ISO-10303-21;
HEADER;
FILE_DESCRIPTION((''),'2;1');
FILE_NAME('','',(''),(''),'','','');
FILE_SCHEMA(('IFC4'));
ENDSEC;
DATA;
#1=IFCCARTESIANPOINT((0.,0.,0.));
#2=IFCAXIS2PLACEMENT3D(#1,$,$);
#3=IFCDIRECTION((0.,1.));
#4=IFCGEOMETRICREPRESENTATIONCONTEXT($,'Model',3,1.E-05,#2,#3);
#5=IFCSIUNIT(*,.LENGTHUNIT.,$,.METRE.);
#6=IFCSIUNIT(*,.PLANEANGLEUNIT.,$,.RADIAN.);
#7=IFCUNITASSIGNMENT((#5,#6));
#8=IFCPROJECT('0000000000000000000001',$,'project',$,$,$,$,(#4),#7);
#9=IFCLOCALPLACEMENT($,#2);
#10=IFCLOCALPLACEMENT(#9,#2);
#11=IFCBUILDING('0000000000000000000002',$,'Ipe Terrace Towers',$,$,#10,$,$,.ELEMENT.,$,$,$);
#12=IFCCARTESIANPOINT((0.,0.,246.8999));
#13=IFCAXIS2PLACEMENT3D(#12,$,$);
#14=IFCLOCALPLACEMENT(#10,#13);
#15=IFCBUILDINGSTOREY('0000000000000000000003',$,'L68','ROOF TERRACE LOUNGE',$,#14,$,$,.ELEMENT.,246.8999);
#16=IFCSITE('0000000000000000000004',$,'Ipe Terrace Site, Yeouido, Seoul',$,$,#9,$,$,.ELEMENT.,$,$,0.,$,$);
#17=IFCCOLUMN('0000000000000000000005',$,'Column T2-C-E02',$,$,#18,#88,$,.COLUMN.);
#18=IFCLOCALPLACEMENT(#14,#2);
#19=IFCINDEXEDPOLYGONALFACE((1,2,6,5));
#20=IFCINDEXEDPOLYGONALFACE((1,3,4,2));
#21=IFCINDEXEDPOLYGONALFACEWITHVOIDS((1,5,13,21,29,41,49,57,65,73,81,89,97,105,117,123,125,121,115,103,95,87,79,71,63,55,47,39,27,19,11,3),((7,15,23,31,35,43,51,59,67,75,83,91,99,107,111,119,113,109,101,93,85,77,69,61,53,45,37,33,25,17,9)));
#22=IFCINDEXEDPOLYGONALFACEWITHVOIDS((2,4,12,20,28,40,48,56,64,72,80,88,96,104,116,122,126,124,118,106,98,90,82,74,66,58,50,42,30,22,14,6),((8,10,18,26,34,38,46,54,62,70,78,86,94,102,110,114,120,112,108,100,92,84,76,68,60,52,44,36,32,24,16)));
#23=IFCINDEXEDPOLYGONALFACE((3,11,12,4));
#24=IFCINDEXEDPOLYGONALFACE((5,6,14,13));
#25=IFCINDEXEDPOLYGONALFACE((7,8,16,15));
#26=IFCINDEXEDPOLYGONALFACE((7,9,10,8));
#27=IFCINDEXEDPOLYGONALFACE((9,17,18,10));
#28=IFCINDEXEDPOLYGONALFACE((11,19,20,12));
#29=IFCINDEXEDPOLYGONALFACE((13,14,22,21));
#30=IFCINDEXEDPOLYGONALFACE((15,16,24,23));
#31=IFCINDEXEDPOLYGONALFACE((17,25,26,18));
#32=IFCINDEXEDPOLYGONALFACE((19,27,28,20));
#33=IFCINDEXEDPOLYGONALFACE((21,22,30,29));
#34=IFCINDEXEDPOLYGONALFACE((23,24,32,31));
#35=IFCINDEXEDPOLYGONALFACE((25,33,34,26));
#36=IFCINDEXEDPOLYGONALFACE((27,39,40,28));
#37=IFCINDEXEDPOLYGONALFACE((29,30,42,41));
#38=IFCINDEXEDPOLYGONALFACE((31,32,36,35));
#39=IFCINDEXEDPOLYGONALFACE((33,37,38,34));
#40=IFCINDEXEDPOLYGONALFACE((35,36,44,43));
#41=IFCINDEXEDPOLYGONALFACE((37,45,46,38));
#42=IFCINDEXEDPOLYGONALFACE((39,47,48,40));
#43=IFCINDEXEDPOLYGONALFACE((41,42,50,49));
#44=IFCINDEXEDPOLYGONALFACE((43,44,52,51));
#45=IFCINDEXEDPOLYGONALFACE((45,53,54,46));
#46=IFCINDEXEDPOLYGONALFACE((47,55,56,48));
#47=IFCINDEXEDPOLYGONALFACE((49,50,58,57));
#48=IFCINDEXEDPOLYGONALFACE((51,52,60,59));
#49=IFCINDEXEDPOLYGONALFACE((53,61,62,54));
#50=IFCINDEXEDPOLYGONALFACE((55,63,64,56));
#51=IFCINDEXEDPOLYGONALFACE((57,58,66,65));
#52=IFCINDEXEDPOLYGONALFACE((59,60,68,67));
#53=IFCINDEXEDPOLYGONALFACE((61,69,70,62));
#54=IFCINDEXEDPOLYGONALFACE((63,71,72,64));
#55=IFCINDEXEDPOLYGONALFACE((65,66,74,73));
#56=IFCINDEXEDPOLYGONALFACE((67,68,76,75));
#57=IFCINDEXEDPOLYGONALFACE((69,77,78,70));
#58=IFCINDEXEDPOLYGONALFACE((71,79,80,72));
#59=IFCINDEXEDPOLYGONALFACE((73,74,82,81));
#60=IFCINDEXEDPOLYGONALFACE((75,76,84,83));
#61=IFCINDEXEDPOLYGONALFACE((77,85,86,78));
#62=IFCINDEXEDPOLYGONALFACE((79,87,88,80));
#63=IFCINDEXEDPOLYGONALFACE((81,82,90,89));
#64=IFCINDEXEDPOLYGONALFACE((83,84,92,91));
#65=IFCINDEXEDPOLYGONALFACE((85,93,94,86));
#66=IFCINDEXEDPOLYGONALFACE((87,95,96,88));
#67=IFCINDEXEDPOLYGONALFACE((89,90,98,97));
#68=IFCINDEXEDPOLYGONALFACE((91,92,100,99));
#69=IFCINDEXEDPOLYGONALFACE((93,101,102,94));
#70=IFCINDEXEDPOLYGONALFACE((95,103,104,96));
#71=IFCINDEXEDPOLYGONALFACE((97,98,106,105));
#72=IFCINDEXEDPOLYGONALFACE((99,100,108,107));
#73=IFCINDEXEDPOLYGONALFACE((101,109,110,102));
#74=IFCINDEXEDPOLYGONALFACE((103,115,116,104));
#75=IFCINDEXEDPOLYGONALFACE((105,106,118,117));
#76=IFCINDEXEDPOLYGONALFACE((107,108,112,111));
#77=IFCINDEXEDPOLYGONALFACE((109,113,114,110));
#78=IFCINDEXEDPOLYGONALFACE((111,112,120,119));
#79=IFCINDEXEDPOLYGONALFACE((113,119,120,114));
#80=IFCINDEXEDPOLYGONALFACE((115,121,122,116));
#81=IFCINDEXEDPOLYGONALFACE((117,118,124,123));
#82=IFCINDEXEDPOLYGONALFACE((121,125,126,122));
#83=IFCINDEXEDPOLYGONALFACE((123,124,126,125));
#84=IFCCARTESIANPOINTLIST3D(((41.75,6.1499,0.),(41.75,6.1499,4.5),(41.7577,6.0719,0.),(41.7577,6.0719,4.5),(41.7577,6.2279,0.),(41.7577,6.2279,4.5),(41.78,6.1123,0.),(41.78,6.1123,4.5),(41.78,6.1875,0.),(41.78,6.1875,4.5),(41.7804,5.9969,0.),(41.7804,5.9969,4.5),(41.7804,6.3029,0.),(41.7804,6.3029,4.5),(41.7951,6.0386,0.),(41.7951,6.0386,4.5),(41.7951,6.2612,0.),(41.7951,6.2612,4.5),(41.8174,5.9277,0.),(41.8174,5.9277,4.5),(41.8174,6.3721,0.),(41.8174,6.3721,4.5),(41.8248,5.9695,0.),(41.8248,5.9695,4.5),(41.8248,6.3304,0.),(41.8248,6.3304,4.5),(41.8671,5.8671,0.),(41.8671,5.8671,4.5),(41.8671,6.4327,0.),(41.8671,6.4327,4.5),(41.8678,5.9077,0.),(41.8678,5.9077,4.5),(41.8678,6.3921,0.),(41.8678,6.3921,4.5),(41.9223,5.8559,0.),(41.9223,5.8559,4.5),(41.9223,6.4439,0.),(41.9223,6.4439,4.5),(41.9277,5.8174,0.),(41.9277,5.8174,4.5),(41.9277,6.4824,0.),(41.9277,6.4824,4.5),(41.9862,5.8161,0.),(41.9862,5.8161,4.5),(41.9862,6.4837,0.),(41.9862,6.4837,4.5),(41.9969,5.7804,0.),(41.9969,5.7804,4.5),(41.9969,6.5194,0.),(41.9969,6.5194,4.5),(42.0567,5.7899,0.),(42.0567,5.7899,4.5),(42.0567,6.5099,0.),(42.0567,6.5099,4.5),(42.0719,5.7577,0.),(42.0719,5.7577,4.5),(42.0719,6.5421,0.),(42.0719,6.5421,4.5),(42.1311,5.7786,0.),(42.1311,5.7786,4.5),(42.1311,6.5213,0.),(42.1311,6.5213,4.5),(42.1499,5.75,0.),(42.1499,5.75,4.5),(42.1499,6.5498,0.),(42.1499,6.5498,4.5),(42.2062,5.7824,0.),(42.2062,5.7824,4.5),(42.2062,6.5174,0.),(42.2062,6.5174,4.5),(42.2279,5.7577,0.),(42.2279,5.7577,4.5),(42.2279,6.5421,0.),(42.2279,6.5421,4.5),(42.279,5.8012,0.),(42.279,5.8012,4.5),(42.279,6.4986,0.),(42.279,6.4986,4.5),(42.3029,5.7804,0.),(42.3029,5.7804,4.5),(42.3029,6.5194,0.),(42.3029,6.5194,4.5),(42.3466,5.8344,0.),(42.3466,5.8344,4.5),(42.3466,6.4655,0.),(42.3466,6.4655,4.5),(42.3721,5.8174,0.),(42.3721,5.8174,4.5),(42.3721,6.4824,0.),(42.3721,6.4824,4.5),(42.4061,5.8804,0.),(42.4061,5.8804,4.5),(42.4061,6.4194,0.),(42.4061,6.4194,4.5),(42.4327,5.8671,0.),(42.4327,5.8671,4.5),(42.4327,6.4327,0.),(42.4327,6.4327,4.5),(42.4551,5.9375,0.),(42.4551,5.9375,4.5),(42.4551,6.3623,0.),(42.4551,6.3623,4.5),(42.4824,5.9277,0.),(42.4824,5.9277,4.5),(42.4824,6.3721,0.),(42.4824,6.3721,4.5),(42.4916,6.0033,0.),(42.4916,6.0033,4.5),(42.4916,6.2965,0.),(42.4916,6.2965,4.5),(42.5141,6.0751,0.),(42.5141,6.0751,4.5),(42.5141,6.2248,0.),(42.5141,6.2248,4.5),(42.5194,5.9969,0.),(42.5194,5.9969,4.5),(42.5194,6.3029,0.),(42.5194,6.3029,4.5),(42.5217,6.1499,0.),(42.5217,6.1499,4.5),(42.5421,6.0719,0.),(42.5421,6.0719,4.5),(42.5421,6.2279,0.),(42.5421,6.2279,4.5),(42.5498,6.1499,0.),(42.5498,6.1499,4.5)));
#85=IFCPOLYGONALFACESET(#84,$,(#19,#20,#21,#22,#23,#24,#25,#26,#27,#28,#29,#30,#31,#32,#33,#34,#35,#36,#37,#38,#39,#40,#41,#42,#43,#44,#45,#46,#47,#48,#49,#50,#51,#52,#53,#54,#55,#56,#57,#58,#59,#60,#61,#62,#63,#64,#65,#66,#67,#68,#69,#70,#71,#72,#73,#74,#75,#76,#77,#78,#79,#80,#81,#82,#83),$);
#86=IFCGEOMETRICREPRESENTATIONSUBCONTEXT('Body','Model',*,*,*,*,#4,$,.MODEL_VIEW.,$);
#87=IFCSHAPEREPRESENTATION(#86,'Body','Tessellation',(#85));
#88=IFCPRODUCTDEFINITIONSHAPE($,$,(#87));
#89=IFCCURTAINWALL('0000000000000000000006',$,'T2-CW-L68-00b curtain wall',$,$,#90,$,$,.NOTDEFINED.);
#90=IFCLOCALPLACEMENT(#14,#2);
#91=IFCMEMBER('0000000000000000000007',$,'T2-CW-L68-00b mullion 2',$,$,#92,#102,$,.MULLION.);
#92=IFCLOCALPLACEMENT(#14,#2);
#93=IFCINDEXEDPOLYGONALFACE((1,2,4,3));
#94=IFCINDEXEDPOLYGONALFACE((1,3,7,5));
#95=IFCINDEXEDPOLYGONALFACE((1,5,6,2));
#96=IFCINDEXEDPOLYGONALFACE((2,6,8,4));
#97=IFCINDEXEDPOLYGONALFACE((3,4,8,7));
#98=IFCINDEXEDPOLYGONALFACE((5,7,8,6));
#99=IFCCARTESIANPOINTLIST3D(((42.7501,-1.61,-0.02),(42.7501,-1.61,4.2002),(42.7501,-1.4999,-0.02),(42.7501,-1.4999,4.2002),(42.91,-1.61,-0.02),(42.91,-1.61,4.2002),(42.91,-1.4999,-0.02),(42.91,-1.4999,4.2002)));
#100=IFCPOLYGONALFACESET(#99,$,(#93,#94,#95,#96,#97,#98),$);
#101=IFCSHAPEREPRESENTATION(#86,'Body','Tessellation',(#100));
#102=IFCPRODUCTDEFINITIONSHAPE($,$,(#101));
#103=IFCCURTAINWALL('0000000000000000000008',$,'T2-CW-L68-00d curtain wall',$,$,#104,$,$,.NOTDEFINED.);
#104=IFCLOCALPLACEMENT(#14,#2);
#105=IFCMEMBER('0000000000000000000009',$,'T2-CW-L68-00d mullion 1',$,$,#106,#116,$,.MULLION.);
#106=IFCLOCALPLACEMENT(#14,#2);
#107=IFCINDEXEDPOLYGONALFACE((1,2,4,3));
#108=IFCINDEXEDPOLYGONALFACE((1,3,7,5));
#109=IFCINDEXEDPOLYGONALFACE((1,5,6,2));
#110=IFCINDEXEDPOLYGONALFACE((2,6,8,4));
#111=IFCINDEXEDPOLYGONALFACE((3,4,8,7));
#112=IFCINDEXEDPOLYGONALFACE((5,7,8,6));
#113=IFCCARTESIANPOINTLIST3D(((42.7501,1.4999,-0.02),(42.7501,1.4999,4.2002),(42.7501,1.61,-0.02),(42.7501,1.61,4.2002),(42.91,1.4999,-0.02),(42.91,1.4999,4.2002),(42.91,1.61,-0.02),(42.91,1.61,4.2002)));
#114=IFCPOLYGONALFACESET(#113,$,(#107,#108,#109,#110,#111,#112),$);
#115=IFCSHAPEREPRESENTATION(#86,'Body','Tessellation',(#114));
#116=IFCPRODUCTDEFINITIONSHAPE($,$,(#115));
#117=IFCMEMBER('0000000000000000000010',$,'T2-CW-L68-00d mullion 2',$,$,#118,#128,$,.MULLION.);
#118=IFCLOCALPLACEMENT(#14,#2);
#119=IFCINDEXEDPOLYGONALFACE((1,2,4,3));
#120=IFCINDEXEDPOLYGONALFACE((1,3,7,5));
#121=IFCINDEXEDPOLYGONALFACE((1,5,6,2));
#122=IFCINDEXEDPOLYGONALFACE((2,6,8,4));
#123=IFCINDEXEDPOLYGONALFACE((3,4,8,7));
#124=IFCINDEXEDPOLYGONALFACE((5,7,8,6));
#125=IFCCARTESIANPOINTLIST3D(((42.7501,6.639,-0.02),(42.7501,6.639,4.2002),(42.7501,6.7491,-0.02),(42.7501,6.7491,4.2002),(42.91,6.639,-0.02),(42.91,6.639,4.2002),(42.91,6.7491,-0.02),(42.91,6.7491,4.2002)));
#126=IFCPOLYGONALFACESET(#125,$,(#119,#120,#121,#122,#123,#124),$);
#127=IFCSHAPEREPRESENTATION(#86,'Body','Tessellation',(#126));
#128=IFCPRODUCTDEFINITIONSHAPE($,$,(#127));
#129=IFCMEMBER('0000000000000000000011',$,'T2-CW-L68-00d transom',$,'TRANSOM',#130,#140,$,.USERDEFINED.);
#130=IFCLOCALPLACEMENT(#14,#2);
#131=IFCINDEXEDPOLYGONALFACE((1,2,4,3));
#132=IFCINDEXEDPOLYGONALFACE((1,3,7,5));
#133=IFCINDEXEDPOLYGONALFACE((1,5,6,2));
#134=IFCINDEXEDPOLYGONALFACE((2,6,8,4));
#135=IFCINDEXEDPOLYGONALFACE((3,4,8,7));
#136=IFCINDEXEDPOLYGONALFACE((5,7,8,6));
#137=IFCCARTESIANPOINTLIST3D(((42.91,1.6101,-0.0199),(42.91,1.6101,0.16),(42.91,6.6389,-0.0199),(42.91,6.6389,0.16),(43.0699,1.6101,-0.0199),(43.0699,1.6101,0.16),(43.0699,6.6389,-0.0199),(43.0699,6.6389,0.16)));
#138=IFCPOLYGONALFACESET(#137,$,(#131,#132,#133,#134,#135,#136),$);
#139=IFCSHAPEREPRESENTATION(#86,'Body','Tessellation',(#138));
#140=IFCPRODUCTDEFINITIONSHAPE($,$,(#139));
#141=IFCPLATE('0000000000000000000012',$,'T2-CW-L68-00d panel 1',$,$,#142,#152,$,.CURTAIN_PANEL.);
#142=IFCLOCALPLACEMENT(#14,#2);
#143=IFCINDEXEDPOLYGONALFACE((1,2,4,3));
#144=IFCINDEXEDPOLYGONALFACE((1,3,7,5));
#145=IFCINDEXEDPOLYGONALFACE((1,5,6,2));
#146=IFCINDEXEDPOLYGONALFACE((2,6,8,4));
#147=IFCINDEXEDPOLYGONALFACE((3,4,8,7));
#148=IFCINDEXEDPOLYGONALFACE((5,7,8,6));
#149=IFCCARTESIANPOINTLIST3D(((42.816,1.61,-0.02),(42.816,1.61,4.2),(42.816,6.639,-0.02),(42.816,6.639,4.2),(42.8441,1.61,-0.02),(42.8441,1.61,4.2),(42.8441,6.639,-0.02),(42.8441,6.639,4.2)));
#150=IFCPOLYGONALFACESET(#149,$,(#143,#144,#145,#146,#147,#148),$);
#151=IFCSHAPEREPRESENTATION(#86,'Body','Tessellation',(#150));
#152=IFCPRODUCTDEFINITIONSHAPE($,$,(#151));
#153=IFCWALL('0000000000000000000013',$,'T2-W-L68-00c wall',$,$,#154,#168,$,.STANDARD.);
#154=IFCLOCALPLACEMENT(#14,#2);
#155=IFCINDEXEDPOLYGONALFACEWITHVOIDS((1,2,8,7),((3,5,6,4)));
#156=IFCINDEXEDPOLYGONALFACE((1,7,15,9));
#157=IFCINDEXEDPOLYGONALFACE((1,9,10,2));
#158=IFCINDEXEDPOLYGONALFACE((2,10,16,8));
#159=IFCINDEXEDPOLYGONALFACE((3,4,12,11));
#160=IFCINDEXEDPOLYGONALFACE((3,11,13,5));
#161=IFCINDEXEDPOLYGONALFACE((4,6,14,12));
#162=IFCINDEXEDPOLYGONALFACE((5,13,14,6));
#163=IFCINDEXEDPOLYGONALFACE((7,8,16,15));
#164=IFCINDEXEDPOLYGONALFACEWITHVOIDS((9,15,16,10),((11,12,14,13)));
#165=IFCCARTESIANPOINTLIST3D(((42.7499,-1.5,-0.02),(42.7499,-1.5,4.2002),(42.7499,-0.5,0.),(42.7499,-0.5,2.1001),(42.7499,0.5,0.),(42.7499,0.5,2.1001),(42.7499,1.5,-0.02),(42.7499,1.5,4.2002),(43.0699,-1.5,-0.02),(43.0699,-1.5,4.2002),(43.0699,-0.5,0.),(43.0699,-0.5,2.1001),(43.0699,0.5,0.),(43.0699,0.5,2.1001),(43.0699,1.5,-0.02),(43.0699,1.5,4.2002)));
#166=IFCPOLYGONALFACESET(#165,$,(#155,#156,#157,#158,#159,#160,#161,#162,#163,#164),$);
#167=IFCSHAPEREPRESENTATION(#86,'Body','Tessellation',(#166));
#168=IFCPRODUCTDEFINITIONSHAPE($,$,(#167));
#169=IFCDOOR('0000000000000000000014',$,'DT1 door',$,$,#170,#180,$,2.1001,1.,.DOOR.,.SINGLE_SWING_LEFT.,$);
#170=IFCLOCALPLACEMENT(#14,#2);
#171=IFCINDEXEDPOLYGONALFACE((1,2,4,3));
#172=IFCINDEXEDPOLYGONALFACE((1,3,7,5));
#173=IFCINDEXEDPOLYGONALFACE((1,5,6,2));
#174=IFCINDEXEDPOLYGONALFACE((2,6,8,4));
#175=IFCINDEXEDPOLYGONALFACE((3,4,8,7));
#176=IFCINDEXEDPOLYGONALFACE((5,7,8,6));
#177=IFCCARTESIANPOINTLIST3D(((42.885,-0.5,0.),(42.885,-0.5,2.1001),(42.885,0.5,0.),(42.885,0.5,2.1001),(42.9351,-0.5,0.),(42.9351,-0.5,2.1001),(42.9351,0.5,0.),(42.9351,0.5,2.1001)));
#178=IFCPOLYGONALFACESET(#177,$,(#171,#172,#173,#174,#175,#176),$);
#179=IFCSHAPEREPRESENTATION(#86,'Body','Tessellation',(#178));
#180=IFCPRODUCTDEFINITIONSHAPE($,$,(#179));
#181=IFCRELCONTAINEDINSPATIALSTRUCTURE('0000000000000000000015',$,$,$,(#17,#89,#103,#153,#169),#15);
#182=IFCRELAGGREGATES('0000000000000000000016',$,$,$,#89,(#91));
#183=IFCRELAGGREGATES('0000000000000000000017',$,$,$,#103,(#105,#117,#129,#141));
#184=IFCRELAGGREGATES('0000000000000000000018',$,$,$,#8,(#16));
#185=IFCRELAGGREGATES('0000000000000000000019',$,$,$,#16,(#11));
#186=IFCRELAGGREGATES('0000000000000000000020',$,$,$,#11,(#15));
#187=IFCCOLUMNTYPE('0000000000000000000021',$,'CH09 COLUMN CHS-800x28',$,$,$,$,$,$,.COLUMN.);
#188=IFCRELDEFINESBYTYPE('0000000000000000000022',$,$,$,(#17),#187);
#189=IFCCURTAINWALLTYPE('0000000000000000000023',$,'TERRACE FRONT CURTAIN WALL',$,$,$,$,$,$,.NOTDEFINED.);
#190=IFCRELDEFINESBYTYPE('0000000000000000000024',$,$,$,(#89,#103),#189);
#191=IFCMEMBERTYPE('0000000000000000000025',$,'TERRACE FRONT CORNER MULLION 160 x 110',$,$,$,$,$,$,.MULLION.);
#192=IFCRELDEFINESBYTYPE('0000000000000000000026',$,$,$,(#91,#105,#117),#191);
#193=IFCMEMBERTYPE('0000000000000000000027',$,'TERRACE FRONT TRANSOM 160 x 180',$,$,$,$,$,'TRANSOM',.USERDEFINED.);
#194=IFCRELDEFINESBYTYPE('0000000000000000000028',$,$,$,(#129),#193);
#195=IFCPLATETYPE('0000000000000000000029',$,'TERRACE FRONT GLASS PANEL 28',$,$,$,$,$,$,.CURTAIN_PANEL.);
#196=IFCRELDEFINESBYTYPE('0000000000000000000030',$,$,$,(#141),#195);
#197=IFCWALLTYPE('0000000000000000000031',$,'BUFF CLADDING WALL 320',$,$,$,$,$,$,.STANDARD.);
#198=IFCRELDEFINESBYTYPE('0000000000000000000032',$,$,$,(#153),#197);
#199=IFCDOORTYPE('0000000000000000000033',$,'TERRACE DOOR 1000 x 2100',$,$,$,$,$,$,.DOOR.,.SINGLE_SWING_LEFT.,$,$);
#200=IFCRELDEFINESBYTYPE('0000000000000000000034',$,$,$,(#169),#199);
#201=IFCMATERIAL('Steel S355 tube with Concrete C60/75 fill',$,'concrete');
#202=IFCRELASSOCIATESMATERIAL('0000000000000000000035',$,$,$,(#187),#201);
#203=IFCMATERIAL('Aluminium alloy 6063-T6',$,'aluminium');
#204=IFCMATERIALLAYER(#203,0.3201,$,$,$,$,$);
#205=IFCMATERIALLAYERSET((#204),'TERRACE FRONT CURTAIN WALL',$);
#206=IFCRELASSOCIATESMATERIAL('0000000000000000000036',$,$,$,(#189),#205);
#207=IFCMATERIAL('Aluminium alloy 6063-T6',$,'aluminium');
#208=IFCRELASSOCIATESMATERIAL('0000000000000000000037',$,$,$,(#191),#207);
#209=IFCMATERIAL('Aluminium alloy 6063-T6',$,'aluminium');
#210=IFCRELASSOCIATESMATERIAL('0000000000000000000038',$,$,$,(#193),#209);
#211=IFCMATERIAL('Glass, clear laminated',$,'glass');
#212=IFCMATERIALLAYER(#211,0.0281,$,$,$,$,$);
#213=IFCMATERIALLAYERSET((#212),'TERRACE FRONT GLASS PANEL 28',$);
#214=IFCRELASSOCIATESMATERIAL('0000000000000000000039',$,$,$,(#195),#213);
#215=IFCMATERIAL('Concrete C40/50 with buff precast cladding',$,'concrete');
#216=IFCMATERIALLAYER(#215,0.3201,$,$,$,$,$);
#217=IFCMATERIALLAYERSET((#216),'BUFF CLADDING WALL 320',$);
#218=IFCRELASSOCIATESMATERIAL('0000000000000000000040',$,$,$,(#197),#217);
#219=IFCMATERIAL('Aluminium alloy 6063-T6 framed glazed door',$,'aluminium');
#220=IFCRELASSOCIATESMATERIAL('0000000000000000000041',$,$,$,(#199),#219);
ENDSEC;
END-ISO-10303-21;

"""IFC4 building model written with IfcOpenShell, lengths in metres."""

from ifc_helpers import new_model, si_unit, direction, frame, frame_2d, origin, origin_2d, place, context, subcontext, project, spatial, rectangle, hollow_circle, extrude, material, layer, layer_set, material_profile, profile_set, type_object, element, fill, aggregate, save


model = new_model("IFC4")

# Units and contexts
model_context = context("Model", 3, precision=1e-05, world=origin(), true_north=direction((0.0, 1.0)))
body_context = subcontext(model_context, "Body", "Model", "MODEL_VIEW")
ifc_project = project(units=[si_unit("LENGTHUNIT", "METRE"), si_unit("PLANEANGLEUNIT", "RADIAN")], contexts=[model_context])

# Site, building, storey
site_placement = place(None, origin())
site = spatial("IfcSite", under=ifc_project, at=site_placement, Name="Ipe Terrace Site, Yeouido, Seoul", CompositionType="ELEMENT", RefElevation=0.0)
building_placement = place(site_placement, origin())
building = spatial("IfcBuilding", under=site, at=building_placement, Name="Ipe Terrace Towers", CompositionType="ELEMENT")
storey_placement = place(building_placement, frame((0.0, 0.0, 246.8999)))
storey = spatial("IfcBuildingStorey", under=building, at=storey_placement, Name="L68", Description="ROOF TERRACE LOUNGE", CompositionType="ELEMENT", Elevation=246.8999)

# Column
ifc_material_1 = material(Name="Steel S355 tube with Concrete C60/75 fill", Category="concrete")
ifc_material_profile_1 = material_profile(ifc_material_1, hollow_circle(Radius=0.3999, WallThickness=0.0281, at=origin_2d()), Name="CHS-800x28")
ifc_profile_set_1 = profile_set([ifc_material_profile_1], Name="Steel S355 tube with Concrete C60/75 fill")
column_type = type_object("IfcColumnType", Name="CH09 COLUMN CHS-800x28", PredefinedType="COLUMN", material=ifc_profile_set_1)
column_placement = place(storey_placement, frame((42.1499, 6.1499, 0.0), z_axis=(0.0, 0.0, 1.0), x_axis=(1.0, 0.0, 0.0)))
element("IfcColumn", 1, at=column_placement, inside=storey, type_object=column_type, Name="Column T2-C-E02", PredefinedType="COLUMN", context=body_context, shape_type="SweptSolid", body=[
    extrude(hollow_circle(Radius=0.3999, WallThickness=0.0281, at=origin_2d()), origin(), (0.0, 0.0, 1.0), 4.5),
])

# Curtain wall, member
ifc_material_2 = material(Name="Aluminium alloy 6063-T6", Category="aluminium")
ifc_layer_1 = layer(ifc_material_2, 0.3201)
ifc_layer_set_1 = layer_set([ifc_layer_1], Name="TERRACE FRONT CURTAIN WALL")
curtain_wall_type = type_object("IfcCurtainWallType", Name="TERRACE FRONT CURTAIN WALL", PredefinedType="NOTDEFINED", material=ifc_layer_set_1)
curtain_wall_1_placement = place(storey_placement, origin())
curtain_wall_1 = element("IfcCurtainWall", 2, at=curtain_wall_1_placement, inside=storey, type_object=curtain_wall_type, Name="T2-CW-L68-00b curtain wall", PredefinedType="NOTDEFINED")
ifc_material_3 = material(Name="Aluminium alloy 6063-T6", Category="aluminium")
ifc_material_profile_2 = material_profile(ifc_material_3, rectangle(XDim=0.1599, YDim=0.1101, at=origin_2d()), Name="TERRACE FRONT CORNER MULLION 160 x 110")
ifc_profile_set_2 = profile_set([ifc_material_profile_2], Name="Aluminium alloy 6063-T6")
member_type_1 = type_object("IfcMemberType", Name="TERRACE FRONT CORNER MULLION 160 x 110", PredefinedType="MULLION", material=ifc_profile_set_2)
member_1_placement = place(storey_placement, frame((42.8301, -1.5549, -0.02), z_axis=(0.0, 0.0, 1.0), x_axis=(1.0, 0.0, 0.0)))
member_1 = element("IfcMember", 3, at=member_1_placement, type_object=member_type_1, Name="T2-CW-L68-00b mullion 2", PredefinedType="MULLION", context=body_context, shape_type="SweptSolid", body=[
    extrude(rectangle(XDim=0.1599, YDim=0.1101, at=origin_2d()), origin(), (0.0, 0.0, 1.0), 4.2202),
])
aggregate(curtain_wall_1, [member_1])

# Curtain wall, members, plate
curtain_wall_2_placement = place(storey_placement, origin())
curtain_wall_2 = element("IfcCurtainWall", 4, at=curtain_wall_2_placement, inside=storey, type_object=curtain_wall_type, Name="T2-CW-L68-00d curtain wall", PredefinedType="NOTDEFINED")
member_2_placement = place(storey_placement, frame((42.8301, 1.5549, -0.02), z_axis=(0.0, 0.0, 1.0), x_axis=(1.0, 0.0, 0.0)))
member_2 = element("IfcMember", 5, at=member_2_placement, type_object=member_type_1, Name="T2-CW-L68-00d mullion 1", PredefinedType="MULLION", context=body_context, shape_type="SweptSolid", body=[
    extrude(rectangle(XDim=0.1599, YDim=0.1101, at=origin_2d()), origin(), (0.0, 0.0, 1.0), 4.2202),
])
member_3_placement = place(storey_placement, frame((42.8301, 6.6941, -0.02), z_axis=(0.0, 0.0, 1.0), x_axis=(1.0, 0.0, 0.0)))
member_3 = element("IfcMember", 6, at=member_3_placement, type_object=member_type_1, Name="T2-CW-L68-00d mullion 2", PredefinedType="MULLION", context=body_context, shape_type="SweptSolid", body=[
    extrude(rectangle(XDim=0.1599, YDim=0.1101, at=origin_2d()), origin(), (0.0, 0.0, 1.0), 4.2202),
])
ifc_material_4 = material(Name="Aluminium alloy 6063-T6", Category="aluminium")
ifc_material_profile_3 = material_profile(ifc_material_4, rectangle(XDim=0.1599, YDim=0.1799, at=origin_2d()), Name="TERRACE FRONT TRANSOM 160 x 180")
ifc_profile_set_3 = profile_set([ifc_material_profile_3], Name="Aluminium alloy 6063-T6")
member_type_2 = type_object("IfcMemberType", Name="TERRACE FRONT TRANSOM 160 x 180", ElementType="TRANSOM", PredefinedType="USERDEFINED", material=ifc_profile_set_3)
member_4_placement = place(storey_placement, frame((42.99, 1.6101, 0.0701), z_axis=(0.0, 1.0, 0.0), x_axis=(1.0, 0.0, 0.0)))
member_4 = element("IfcMember", 7, at=member_4_placement, type_object=member_type_2, Name="T2-CW-L68-00d transom", ObjectType="TRANSOM", PredefinedType="USERDEFINED", context=body_context, shape_type="SweptSolid", body=[
    extrude(rectangle(XDim=0.1599, YDim=0.1799, at=origin_2d()), origin(), (0.0, 0.0, 1.0), 5.0288),
])
ifc_material_5 = material(Name="Glass, clear laminated", Category="glass")
ifc_layer_2 = layer(ifc_material_5, 0.0281)
ifc_layer_set_2 = layer_set([ifc_layer_2], Name="TERRACE FRONT GLASS PANEL 28")
plate_type = type_object("IfcPlateType", Name="TERRACE FRONT GLASS PANEL 28", PredefinedType="CURTAIN_PANEL", material=ifc_layer_set_2)
plate_placement = place(storey_placement, frame((42.8301, 4.1245, -0.02), z_axis=(0.0, 0.0, 1.0), x_axis=(0.0, 1.0, 0.0)))
plate = element("IfcPlate", 8, at=plate_placement, type_object=plate_type, Name="T2-CW-L68-00d panel 1", PredefinedType="CURTAIN_PANEL", context=body_context, shape_type="SweptSolid", body=[
    extrude(rectangle(XDim=5.0291, YDim=0.0281, at=origin_2d()), origin(), (0.0, 0.0, 1.0), 4.22),
])
aggregate(curtain_wall_2, [member_2, member_3, member_4, plate])

# Wall, opening, door
ifc_material_6 = material(Name="Concrete C40/50 with buff precast cladding", Category="concrete")
ifc_layer_3 = layer(ifc_material_6, 0.3201)
ifc_layer_set_3 = layer_set([ifc_layer_3], Name="BUFF CLADDING WALL 320")
wall_type_1 = type_object("IfcWallType", Name="BUFF CLADDING WALL 320", PredefinedType="STANDARD", material=ifc_layer_set_3)
wall_1_placement = place(storey_placement, frame((42.9099, -1.5, -0.02), z_axis=(0.0, 0.0, 1.0), x_axis=(0.0, 1.0, 0.0)))
wall_1 = element("IfcWall", 9, at=wall_1_placement, inside=storey, type_object=wall_type_1, Name="T2-W-L68-00c wall", PredefinedType="STANDARD", context=body_context, shape_type="SweptSolid", body=[
    extrude(rectangle(XDim=3.0, YDim=0.3201, at=frame_2d((1.5, 0.0))), origin(), (0.0, 0.0, 1.0), 4.2202),
])
opening_1_placement = place(wall_1_placement, frame((1.0, 0.0, 0.02)))
opening_1 = element("IfcOpeningElement", 10, at=opening_1_placement, cuts=wall_1, PredefinedType="OPENING", context=body_context, shape_type="SweptSolid", body=[
    extrude(rectangle(XDim=1.0, YDim=2.1001, at=frame_2d((0.5, 1.05))), frame((0.0, 0.1699, 0.0), z_axis=(0.0, -1.0, 0.0), x_axis=(1.0, 0.0, 0.0)), (0.0, 0.0, 1.0), 0.3401),
])
ifc_material_7 = material(Name="Aluminium alloy 6063-T6 framed glazed door", Category="aluminium")
door_type_1 = type_object("IfcDoorType", Name="TERRACE DOOR 1000 x 2100", OperationType="SINGLE_SWING_LEFT", PredefinedType="DOOR", material=ifc_material_7)
door_1_placement = place(opening_1_placement, origin())
door_1 = element("IfcDoor", 11, at=door_1_placement, inside=storey, type_object=door_type_1, Name="DT1 door", OperationType="SINGLE_SWING_LEFT", OverallHeight=2.1001, OverallWidth=1.0, PredefinedType="DOOR", context=body_context, shape_type="SweptSolid", body=[
    extrude(rectangle(XDim=1.0, YDim=2.1001, at=frame_2d((0.5, 1.05))), frame((0.0, 0.0249, 0.0), z_axis=(0.0, -1.0, 0.0), x_axis=(1.0, 0.0, 0.0)), (0.0, 0.0, 1.0), 0.05),
])
fill(opening_1, door_1)

save(model, "model.ifc")
